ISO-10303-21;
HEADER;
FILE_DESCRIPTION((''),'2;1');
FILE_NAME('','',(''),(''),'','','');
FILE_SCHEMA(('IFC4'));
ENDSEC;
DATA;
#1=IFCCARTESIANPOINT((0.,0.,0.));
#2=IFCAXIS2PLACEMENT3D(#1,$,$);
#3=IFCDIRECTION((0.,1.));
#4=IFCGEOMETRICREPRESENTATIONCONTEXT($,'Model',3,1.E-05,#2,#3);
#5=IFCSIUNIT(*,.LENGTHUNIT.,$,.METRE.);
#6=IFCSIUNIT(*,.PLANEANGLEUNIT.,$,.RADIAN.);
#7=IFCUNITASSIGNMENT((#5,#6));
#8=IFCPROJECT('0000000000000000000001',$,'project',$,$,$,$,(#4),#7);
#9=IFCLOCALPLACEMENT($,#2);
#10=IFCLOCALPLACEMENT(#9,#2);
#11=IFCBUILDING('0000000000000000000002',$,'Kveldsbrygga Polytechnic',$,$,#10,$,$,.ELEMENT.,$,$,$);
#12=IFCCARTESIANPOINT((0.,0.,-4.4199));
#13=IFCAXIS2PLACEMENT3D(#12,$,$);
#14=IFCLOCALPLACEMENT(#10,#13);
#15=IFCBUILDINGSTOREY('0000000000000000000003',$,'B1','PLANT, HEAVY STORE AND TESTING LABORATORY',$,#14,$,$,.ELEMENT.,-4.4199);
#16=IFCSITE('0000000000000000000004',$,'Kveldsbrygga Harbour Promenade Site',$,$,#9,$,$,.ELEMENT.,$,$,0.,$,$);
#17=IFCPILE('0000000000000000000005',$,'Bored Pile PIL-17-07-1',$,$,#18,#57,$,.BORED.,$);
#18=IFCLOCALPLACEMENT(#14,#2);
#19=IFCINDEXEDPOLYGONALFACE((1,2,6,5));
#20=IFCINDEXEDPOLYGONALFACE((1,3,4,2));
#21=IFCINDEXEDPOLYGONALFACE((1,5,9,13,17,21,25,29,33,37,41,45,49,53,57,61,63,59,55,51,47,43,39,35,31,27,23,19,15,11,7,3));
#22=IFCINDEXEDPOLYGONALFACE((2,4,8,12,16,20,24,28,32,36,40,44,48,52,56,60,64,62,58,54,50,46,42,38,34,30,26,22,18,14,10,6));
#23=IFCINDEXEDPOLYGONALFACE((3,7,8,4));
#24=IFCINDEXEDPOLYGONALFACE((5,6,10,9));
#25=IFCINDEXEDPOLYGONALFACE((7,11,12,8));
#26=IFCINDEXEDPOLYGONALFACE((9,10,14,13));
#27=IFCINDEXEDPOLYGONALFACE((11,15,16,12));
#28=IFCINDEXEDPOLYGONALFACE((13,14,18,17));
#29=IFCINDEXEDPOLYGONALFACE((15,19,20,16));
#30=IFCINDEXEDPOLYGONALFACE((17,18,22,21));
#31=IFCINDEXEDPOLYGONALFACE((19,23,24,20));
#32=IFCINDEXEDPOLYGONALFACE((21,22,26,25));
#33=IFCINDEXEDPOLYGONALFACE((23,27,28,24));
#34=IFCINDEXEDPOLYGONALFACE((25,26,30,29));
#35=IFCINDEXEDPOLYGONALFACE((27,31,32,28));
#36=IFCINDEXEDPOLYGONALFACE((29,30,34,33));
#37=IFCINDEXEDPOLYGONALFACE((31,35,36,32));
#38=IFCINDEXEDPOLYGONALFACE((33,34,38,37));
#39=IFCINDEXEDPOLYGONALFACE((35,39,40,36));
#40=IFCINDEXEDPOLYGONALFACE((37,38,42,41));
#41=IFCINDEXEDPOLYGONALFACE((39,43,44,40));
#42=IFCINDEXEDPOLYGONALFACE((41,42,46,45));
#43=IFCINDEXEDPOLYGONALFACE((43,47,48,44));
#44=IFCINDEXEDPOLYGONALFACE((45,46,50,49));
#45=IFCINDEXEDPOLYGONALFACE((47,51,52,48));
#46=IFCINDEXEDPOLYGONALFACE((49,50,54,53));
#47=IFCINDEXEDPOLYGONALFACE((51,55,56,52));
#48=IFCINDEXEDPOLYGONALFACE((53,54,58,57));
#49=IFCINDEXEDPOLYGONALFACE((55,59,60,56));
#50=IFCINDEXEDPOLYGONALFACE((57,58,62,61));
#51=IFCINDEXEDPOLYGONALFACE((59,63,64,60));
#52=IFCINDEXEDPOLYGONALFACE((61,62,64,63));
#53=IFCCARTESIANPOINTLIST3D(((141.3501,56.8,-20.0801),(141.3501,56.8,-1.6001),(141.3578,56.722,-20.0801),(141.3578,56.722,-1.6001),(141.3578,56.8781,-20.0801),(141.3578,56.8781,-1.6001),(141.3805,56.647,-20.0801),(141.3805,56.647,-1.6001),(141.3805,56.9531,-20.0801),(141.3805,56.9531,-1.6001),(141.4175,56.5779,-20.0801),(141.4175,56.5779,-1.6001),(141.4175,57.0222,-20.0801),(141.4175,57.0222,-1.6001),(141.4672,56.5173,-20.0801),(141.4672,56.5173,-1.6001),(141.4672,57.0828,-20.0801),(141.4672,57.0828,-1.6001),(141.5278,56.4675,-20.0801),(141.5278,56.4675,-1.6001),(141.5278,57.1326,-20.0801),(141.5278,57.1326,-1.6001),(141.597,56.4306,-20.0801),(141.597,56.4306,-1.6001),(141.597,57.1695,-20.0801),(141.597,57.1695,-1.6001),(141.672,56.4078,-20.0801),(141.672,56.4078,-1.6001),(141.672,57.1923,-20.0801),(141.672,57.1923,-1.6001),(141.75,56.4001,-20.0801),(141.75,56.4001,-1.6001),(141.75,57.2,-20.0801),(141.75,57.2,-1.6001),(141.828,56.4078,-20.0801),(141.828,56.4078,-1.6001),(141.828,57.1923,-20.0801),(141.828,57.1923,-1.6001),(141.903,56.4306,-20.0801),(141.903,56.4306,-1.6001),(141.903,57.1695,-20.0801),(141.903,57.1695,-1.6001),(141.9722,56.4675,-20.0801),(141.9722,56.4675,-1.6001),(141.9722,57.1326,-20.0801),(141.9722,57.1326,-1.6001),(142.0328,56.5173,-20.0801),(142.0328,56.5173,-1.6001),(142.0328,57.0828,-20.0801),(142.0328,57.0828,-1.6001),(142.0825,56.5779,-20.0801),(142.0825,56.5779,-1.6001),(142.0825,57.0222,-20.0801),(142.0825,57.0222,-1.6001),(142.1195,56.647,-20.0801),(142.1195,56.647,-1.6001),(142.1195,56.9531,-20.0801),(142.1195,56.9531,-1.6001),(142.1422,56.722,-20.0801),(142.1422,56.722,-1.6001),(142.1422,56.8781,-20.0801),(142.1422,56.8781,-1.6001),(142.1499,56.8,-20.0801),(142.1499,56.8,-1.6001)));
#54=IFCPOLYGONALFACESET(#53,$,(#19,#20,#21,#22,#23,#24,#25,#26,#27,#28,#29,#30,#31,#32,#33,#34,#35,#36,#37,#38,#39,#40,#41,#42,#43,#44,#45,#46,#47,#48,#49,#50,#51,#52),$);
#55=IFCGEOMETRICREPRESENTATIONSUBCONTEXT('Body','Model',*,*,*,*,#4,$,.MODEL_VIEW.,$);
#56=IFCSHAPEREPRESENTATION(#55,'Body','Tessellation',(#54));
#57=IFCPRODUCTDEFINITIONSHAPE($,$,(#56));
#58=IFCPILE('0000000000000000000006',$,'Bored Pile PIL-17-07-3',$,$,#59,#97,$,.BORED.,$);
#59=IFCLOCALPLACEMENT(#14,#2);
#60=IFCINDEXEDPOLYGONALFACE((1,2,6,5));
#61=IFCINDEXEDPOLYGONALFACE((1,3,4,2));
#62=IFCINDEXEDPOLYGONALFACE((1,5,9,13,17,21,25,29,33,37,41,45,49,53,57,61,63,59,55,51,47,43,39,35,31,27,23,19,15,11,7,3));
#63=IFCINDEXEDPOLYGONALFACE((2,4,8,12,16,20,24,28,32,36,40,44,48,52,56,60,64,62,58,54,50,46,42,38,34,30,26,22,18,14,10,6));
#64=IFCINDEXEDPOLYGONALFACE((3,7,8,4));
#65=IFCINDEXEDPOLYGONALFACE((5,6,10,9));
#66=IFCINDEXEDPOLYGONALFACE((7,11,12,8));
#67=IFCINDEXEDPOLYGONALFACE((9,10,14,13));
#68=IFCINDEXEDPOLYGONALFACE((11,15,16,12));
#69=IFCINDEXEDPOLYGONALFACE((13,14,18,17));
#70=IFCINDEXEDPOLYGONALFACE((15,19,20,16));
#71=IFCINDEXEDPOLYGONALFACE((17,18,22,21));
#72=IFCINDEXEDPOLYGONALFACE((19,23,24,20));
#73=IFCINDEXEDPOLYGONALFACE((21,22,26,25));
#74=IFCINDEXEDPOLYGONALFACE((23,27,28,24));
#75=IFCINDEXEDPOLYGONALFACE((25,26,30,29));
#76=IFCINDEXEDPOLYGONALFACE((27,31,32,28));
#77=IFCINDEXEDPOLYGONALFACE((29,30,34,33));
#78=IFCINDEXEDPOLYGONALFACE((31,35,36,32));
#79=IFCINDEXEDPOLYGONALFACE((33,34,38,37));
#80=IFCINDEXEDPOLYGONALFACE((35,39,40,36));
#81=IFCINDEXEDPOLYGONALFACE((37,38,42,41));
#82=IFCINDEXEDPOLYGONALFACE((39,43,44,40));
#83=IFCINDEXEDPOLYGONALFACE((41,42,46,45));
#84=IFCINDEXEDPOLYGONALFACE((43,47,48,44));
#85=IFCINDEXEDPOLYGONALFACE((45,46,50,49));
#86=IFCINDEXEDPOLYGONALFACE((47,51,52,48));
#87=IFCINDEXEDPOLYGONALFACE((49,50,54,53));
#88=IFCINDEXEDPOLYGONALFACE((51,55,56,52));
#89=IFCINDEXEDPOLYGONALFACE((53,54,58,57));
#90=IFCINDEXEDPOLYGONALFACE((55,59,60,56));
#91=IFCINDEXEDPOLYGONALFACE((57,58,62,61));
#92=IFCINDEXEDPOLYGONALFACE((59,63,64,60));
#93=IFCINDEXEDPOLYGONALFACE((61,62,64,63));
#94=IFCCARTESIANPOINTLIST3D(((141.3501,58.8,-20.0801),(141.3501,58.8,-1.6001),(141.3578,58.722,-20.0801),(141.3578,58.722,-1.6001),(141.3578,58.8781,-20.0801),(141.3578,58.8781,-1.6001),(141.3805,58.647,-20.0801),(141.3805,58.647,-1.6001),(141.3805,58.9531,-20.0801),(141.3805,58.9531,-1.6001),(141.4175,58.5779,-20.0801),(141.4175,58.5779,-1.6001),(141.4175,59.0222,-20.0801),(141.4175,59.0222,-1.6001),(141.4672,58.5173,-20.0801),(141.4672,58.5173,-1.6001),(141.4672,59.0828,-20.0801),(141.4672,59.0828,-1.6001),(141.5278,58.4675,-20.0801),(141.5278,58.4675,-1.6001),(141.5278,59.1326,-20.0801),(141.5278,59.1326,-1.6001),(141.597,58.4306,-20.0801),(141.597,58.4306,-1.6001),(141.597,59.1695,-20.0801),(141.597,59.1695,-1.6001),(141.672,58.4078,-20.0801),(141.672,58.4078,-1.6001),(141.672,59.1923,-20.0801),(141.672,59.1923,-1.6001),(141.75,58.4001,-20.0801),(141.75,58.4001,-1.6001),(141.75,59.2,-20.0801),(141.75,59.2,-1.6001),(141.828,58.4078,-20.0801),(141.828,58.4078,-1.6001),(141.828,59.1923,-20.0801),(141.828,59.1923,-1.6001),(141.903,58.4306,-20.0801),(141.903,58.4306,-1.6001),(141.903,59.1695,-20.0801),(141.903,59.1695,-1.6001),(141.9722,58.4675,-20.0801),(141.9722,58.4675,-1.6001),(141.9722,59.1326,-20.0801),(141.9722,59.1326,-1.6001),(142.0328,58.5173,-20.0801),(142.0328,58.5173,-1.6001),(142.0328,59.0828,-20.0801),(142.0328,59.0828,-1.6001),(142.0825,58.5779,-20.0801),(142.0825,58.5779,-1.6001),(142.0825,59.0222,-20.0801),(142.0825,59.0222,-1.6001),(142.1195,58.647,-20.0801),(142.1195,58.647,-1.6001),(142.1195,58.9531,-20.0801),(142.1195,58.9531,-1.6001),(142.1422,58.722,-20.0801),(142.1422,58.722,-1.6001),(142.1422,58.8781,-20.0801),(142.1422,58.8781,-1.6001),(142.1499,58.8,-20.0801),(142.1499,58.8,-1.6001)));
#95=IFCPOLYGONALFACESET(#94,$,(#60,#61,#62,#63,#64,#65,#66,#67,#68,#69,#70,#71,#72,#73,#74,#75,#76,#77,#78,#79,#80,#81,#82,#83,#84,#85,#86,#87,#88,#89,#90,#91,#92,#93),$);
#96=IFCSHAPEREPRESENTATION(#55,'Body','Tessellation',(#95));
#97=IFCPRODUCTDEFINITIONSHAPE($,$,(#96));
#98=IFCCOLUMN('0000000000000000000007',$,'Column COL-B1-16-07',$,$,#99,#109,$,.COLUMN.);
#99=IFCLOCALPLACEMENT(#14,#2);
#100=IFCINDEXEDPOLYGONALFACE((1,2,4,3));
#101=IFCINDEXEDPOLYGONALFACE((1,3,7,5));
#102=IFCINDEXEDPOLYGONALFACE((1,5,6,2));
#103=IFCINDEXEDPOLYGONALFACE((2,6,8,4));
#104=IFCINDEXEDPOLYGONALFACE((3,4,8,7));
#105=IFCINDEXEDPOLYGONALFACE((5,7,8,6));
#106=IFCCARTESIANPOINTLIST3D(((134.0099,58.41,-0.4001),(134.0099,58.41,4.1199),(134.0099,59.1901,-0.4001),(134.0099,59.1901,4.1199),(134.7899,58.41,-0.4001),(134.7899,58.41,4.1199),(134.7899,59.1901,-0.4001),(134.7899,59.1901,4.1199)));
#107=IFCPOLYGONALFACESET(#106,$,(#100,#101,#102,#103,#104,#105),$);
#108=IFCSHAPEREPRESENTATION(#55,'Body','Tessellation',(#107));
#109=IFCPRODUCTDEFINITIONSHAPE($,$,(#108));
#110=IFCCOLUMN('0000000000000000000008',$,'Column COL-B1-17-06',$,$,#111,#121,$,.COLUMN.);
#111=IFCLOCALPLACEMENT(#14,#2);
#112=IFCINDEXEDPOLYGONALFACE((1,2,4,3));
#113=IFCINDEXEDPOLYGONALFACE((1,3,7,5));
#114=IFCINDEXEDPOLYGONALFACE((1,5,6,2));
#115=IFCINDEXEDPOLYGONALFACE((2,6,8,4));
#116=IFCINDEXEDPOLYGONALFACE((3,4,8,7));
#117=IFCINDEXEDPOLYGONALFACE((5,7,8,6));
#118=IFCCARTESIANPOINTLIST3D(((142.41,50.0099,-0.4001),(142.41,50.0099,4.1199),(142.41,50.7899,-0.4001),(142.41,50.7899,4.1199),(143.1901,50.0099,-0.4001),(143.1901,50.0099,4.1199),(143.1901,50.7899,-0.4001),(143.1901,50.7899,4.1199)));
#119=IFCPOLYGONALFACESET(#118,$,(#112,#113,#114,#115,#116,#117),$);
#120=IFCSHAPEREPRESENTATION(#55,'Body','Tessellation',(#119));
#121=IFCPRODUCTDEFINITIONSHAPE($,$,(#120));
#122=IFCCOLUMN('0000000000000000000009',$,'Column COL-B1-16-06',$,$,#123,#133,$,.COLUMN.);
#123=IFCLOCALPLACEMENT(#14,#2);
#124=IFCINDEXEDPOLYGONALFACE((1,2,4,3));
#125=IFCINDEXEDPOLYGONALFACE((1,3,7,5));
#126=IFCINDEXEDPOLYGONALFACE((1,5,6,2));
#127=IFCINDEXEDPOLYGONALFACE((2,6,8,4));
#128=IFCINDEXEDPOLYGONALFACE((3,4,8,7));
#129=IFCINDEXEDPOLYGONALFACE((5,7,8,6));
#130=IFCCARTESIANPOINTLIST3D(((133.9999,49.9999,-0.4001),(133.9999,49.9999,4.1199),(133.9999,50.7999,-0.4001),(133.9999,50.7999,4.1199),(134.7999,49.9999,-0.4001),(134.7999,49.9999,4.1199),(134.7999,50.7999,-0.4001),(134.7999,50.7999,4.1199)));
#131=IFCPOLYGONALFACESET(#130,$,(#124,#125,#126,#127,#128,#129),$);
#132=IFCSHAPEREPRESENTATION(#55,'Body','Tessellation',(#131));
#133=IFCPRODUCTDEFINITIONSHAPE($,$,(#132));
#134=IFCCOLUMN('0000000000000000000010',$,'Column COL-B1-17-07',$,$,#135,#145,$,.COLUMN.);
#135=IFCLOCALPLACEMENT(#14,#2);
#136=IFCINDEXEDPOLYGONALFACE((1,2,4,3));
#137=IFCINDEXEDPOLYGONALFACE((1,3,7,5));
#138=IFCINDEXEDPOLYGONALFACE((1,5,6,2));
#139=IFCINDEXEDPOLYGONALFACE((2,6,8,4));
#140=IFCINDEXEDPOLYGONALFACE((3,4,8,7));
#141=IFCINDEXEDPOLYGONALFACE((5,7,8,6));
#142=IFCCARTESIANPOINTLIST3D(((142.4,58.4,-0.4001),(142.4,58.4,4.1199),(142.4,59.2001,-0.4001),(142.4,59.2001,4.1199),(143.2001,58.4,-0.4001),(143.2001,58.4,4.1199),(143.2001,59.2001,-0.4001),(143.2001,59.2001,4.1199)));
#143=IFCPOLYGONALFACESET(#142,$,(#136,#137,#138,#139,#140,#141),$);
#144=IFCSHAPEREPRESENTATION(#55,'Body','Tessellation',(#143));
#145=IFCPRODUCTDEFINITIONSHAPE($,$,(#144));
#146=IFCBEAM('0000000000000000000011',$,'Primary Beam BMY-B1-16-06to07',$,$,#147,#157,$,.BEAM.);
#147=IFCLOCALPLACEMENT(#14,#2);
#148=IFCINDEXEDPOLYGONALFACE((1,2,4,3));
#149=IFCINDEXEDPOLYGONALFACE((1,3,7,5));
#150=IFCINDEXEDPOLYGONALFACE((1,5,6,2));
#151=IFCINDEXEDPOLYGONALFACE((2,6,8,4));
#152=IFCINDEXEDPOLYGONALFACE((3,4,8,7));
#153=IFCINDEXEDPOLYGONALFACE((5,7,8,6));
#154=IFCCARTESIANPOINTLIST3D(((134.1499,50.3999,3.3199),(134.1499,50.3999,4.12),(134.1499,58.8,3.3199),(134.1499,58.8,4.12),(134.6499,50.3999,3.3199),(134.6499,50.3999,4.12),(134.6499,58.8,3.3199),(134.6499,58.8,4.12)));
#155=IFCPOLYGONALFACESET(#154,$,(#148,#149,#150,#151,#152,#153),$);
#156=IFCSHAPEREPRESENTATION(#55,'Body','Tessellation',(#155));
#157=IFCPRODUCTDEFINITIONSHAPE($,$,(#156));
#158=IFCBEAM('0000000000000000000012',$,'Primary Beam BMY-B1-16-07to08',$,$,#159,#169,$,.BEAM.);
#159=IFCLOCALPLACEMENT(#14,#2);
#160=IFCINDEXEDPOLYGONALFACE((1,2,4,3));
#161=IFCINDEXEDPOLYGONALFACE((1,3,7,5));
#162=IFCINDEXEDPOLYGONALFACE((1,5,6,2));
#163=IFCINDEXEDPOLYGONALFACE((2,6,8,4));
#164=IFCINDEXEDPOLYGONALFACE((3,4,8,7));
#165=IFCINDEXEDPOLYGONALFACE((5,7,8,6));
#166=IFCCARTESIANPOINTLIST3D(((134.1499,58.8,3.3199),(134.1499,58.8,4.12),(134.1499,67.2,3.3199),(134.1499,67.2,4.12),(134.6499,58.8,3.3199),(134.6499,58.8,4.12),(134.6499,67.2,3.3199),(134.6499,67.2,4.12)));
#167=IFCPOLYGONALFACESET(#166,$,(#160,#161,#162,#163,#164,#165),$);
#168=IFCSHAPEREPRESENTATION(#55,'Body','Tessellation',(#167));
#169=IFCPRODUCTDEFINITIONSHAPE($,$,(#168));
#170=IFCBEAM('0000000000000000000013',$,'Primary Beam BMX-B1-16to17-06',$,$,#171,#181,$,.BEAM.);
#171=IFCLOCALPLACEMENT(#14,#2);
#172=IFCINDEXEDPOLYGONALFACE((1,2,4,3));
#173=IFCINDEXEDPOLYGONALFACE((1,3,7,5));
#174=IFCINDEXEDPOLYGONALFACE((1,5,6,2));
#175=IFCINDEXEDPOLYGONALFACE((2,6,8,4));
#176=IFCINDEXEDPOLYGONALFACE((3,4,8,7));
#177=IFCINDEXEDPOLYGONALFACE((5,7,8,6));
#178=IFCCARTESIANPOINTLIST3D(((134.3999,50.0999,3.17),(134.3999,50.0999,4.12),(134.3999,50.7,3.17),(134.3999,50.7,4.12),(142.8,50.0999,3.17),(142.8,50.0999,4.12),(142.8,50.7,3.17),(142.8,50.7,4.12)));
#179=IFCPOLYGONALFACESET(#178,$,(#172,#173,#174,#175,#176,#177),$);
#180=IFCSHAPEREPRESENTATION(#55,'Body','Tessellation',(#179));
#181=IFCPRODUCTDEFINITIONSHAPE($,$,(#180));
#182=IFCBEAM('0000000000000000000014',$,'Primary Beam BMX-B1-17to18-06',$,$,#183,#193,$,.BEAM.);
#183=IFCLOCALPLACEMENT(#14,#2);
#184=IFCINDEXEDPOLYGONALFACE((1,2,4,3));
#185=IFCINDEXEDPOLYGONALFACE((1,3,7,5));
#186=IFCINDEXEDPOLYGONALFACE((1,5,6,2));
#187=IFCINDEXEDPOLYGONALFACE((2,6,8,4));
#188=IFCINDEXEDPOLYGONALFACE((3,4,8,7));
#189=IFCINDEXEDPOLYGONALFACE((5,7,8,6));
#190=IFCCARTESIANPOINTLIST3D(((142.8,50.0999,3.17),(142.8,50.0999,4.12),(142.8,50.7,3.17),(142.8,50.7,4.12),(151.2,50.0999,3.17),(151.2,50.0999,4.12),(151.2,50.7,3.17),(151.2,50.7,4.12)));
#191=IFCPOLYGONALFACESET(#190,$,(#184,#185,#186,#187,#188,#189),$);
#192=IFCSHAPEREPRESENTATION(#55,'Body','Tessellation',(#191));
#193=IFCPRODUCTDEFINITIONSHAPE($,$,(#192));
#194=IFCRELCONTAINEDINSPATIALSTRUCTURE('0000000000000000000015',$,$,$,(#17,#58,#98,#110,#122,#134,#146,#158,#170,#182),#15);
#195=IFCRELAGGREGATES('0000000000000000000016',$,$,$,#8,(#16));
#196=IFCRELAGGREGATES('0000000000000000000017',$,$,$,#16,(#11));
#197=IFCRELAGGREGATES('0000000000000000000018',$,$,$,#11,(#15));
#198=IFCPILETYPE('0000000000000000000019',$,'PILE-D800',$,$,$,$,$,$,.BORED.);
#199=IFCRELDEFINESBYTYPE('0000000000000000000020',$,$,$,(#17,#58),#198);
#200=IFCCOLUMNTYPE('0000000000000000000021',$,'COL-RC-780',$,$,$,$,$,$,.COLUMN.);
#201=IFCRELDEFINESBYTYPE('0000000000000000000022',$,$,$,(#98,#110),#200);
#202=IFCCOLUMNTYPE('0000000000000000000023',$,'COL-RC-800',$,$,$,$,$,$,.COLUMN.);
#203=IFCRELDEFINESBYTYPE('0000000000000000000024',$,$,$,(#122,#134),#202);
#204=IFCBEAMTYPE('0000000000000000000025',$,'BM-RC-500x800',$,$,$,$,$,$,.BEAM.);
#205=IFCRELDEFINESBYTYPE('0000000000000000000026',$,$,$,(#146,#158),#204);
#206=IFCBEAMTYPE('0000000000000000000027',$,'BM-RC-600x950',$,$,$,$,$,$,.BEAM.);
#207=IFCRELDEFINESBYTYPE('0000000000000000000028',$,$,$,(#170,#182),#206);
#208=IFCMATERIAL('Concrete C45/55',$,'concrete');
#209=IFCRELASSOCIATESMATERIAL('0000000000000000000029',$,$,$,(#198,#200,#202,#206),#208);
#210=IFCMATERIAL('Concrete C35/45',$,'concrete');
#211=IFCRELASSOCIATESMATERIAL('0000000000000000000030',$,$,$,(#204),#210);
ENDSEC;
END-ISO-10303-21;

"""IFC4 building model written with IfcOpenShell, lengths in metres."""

from ifc_helpers import new_model, si_unit, direction, frame, origin, origin_2d, place, context, subcontext, project, spatial, rectangle, circle, extrude, material, material_profile, profile_set, type_object, element, save


model = new_model("IFC4")

# Units and contexts
model_context = context("Model", 3, precision=1e-05, world=origin(), true_north=direction((0.0, 1.0)))
body_context = subcontext(model_context, "Body", "Model", "MODEL_VIEW")
ifc_project = project(units=[si_unit("LENGTHUNIT", "METRE"), si_unit("PLANEANGLEUNIT", "RADIAN")], contexts=[model_context])

# Site, building, storey
site_placement = place(None, origin())
site = spatial("IfcSite", under=ifc_project, at=site_placement, Name="Kveldsbrygga Harbour Promenade Site", CompositionType="ELEMENT", RefElevation=0.0)
building_placement = place(site_placement, origin())
building = spatial("IfcBuilding", under=site, at=building_placement, Name="Kveldsbrygga Polytechnic", CompositionType="ELEMENT")
storey_placement = place(building_placement, frame((0.0, 0.0, -4.4199)))
storey = spatial("IfcBuildingStorey", under=building, at=storey_placement, Name="B1", Description="PLANT, HEAVY STORE AND TESTING LABORATORY", CompositionType="ELEMENT", Elevation=-4.4199)

# Shared definitions
ifc_material_1 = material(Name="Concrete C45/55", Category="concrete")

# Piles
ifc_material_profile_1 = material_profile(ifc_material_1, circle(Radius=0.3999, at=origin_2d()), Name="PILE D800")
ifc_profile_set_1 = profile_set([ifc_material_profile_1], Name="Concrete C45/55")
pile_type = type_object("IfcPileType", Name="PILE-D800", PredefinedType="BORED", material=ifc_profile_set_1)
for number, where, z_axis, x_axis, name in (
    (1, (141.75, 56.8, -1.6001), (0.0, 0.0, -1.0), (1.0, 0.0, 0.0), "Bored Pile PIL-17-07-1"),
    (2, (141.75, 58.8, -1.6001), (0.0, 0.0, -1.0), (1.0, 0.0, 0.0), "Bored Pile PIL-17-07-3"),
):
    element("IfcPile", number, at=place(storey_placement, frame(where, z_axis=z_axis, x_axis=x_axis)), inside=storey, type_object=pile_type, Name=name, PredefinedType="BORED", context=body_context, shape_type="SweptSolid", body=[
        extrude(circle(Radius=0.3999, at=origin_2d()), origin(), (0.0, 0.0, 1.0), 18.48),
    ])

# Columns
ifc_material_profile_2 = material_profile(ifc_material_1, rectangle(XDim=0.78, YDim=0.78, at=origin_2d()), Name="RC 780x780")
ifc_profile_set_2 = profile_set([ifc_material_profile_2], Name="Concrete C45/55")
column_type_1 = type_object("IfcColumnType", Name="COL-RC-780", PredefinedType="COLUMN", material=ifc_profile_set_2)
for number, where, z_axis, x_axis, name in (
    (3, (134.3999, 58.8, -0.4001), (0.0, 0.0, 1.0), (1.0, 0.0, 0.0), "Column COL-B1-16-07"),
    (4, (142.8, 50.3999, -0.4001), (0.0, 0.0, 1.0), (1.0, 0.0, 0.0), "Column COL-B1-17-06"),
):
    element("IfcColumn", number, at=place(storey_placement, frame(where, z_axis=z_axis, x_axis=x_axis)), inside=storey, type_object=column_type_1, Name=name, PredefinedType="COLUMN", context=body_context, shape_type="SweptSolid", body=[
        extrude(rectangle(XDim=0.78, YDim=0.78, at=origin_2d()), origin(), (0.0, 0.0, 1.0), 4.52),
    ])
ifc_material_profile_3 = material_profile(ifc_material_1, rectangle(XDim=0.8, YDim=0.8, at=origin_2d()), Name="RC 800x800")
ifc_profile_set_3 = profile_set([ifc_material_profile_3], Name="Concrete C45/55")
column_type_2 = type_object("IfcColumnType", Name="COL-RC-800", PredefinedType="COLUMN", material=ifc_profile_set_3)
for number, where, z_axis, x_axis, name in (
    (5, (134.3999, 50.3999, -0.4001), (0.0, 0.0, 1.0), (1.0, 0.0, 0.0), "Column COL-B1-16-06"),
    (6, (142.8, 58.8, -0.4001), (0.0, 0.0, 1.0), (1.0, 0.0, 0.0), "Column COL-B1-17-07"),
):
    element("IfcColumn", number, at=place(storey_placement, frame(where, z_axis=z_axis, x_axis=x_axis)), inside=storey, type_object=column_type_2, Name=name, PredefinedType="COLUMN", context=body_context, shape_type="SweptSolid", body=[
        extrude(rectangle(XDim=0.8, YDim=0.8, at=origin_2d()), origin(), (0.0, 0.0, 1.0), 4.52),
    ])

# Beams
ifc_material_2 = material(Name="Concrete C35/45", Category="concrete")
ifc_material_profile_4 = material_profile(ifc_material_2, rectangle(XDim=0.5, YDim=0.8, at=origin_2d()), Name="RC 500x800")
ifc_profile_set_4 = profile_set([ifc_material_profile_4], Name="Concrete C35/45")
beam_type_1 = type_object("IfcBeamType", Name="BM-RC-500x800", PredefinedType="BEAM", material=ifc_profile_set_4)
beam_1_placement = place(storey_placement, frame((134.3999, 50.3999, 3.72), z_axis=(0.0, 1.0, 0.0), x_axis=(-1.0, 0.0, 0.0)))
element("IfcBeam", 7, at=beam_1_placement, inside=storey, type_object=beam_type_1, Name="Primary Beam BMY-B1-16-06to07", PredefinedType="BEAM", context=body_context, shape_type="SweptSolid", body=[
    extrude(rectangle(XDim=0.5, YDim=0.8, at=origin_2d()), origin(), (0.0, 0.0, 1.0), 8.4001),
])
beam_2_placement = place(storey_placement, frame((134.3999, 58.8, 3.72), z_axis=(0.0, 1.0, 0.0), x_axis=(-1.0, 0.0, 0.0)))
element("IfcBeam", 8, at=beam_2_placement, inside=storey, type_object=beam_type_1, Name="Primary Beam BMY-B1-16-07to08", PredefinedType="BEAM", context=body_context, shape_type="SweptSolid", body=[
    extrude(rectangle(XDim=0.5, YDim=0.8, at=origin_2d()), origin(), (0.0, 0.0, 1.0), 8.3999),
])
ifc_material_profile_5 = material_profile(ifc_material_1, rectangle(XDim=0.6001, YDim=0.95, at=origin_2d()), Name="RC 600x950")
ifc_profile_set_5 = profile_set([ifc_material_profile_5], Name="Concrete C45/55")
beam_type_2 = type_object("IfcBeamType", Name="BM-RC-600x950", PredefinedType="BEAM", material=ifc_profile_set_5)
beam_3_placement = place(storey_placement, frame((134.3999, 50.3999, 3.645), z_axis=(1.0, 0.0, 0.0), x_axis=(0.0, 1.0, 0.0)))
element("IfcBeam", 9, at=beam_3_placement, inside=storey, type_object=beam_type_2, Name="Primary Beam BMX-B1-16to17-06", PredefinedType="BEAM", context=body_context, shape_type="SweptSolid", body=[
    extrude(rectangle(XDim=0.6001, YDim=0.95, at=origin_2d()), origin(), (0.0, 0.0, 1.0), 8.4001),
])
beam_4_placement = place(storey_placement, frame((142.8, 50.3999, 3.645), z_axis=(1.0, 0.0, 0.0), x_axis=(0.0, 1.0, 0.0)))
element("IfcBeam", 10, at=beam_4_placement, inside=storey, type_object=beam_type_2, Name="Primary Beam BMX-B1-17to18-06", PredefinedType="BEAM", context=body_context, shape_type="SweptSolid", body=[
    extrude(rectangle(XDim=0.6001, YDim=0.95, at=origin_2d()), origin(), (0.0, 0.0, 1.0), 8.3999),
])

save(model, "model.ifc")
